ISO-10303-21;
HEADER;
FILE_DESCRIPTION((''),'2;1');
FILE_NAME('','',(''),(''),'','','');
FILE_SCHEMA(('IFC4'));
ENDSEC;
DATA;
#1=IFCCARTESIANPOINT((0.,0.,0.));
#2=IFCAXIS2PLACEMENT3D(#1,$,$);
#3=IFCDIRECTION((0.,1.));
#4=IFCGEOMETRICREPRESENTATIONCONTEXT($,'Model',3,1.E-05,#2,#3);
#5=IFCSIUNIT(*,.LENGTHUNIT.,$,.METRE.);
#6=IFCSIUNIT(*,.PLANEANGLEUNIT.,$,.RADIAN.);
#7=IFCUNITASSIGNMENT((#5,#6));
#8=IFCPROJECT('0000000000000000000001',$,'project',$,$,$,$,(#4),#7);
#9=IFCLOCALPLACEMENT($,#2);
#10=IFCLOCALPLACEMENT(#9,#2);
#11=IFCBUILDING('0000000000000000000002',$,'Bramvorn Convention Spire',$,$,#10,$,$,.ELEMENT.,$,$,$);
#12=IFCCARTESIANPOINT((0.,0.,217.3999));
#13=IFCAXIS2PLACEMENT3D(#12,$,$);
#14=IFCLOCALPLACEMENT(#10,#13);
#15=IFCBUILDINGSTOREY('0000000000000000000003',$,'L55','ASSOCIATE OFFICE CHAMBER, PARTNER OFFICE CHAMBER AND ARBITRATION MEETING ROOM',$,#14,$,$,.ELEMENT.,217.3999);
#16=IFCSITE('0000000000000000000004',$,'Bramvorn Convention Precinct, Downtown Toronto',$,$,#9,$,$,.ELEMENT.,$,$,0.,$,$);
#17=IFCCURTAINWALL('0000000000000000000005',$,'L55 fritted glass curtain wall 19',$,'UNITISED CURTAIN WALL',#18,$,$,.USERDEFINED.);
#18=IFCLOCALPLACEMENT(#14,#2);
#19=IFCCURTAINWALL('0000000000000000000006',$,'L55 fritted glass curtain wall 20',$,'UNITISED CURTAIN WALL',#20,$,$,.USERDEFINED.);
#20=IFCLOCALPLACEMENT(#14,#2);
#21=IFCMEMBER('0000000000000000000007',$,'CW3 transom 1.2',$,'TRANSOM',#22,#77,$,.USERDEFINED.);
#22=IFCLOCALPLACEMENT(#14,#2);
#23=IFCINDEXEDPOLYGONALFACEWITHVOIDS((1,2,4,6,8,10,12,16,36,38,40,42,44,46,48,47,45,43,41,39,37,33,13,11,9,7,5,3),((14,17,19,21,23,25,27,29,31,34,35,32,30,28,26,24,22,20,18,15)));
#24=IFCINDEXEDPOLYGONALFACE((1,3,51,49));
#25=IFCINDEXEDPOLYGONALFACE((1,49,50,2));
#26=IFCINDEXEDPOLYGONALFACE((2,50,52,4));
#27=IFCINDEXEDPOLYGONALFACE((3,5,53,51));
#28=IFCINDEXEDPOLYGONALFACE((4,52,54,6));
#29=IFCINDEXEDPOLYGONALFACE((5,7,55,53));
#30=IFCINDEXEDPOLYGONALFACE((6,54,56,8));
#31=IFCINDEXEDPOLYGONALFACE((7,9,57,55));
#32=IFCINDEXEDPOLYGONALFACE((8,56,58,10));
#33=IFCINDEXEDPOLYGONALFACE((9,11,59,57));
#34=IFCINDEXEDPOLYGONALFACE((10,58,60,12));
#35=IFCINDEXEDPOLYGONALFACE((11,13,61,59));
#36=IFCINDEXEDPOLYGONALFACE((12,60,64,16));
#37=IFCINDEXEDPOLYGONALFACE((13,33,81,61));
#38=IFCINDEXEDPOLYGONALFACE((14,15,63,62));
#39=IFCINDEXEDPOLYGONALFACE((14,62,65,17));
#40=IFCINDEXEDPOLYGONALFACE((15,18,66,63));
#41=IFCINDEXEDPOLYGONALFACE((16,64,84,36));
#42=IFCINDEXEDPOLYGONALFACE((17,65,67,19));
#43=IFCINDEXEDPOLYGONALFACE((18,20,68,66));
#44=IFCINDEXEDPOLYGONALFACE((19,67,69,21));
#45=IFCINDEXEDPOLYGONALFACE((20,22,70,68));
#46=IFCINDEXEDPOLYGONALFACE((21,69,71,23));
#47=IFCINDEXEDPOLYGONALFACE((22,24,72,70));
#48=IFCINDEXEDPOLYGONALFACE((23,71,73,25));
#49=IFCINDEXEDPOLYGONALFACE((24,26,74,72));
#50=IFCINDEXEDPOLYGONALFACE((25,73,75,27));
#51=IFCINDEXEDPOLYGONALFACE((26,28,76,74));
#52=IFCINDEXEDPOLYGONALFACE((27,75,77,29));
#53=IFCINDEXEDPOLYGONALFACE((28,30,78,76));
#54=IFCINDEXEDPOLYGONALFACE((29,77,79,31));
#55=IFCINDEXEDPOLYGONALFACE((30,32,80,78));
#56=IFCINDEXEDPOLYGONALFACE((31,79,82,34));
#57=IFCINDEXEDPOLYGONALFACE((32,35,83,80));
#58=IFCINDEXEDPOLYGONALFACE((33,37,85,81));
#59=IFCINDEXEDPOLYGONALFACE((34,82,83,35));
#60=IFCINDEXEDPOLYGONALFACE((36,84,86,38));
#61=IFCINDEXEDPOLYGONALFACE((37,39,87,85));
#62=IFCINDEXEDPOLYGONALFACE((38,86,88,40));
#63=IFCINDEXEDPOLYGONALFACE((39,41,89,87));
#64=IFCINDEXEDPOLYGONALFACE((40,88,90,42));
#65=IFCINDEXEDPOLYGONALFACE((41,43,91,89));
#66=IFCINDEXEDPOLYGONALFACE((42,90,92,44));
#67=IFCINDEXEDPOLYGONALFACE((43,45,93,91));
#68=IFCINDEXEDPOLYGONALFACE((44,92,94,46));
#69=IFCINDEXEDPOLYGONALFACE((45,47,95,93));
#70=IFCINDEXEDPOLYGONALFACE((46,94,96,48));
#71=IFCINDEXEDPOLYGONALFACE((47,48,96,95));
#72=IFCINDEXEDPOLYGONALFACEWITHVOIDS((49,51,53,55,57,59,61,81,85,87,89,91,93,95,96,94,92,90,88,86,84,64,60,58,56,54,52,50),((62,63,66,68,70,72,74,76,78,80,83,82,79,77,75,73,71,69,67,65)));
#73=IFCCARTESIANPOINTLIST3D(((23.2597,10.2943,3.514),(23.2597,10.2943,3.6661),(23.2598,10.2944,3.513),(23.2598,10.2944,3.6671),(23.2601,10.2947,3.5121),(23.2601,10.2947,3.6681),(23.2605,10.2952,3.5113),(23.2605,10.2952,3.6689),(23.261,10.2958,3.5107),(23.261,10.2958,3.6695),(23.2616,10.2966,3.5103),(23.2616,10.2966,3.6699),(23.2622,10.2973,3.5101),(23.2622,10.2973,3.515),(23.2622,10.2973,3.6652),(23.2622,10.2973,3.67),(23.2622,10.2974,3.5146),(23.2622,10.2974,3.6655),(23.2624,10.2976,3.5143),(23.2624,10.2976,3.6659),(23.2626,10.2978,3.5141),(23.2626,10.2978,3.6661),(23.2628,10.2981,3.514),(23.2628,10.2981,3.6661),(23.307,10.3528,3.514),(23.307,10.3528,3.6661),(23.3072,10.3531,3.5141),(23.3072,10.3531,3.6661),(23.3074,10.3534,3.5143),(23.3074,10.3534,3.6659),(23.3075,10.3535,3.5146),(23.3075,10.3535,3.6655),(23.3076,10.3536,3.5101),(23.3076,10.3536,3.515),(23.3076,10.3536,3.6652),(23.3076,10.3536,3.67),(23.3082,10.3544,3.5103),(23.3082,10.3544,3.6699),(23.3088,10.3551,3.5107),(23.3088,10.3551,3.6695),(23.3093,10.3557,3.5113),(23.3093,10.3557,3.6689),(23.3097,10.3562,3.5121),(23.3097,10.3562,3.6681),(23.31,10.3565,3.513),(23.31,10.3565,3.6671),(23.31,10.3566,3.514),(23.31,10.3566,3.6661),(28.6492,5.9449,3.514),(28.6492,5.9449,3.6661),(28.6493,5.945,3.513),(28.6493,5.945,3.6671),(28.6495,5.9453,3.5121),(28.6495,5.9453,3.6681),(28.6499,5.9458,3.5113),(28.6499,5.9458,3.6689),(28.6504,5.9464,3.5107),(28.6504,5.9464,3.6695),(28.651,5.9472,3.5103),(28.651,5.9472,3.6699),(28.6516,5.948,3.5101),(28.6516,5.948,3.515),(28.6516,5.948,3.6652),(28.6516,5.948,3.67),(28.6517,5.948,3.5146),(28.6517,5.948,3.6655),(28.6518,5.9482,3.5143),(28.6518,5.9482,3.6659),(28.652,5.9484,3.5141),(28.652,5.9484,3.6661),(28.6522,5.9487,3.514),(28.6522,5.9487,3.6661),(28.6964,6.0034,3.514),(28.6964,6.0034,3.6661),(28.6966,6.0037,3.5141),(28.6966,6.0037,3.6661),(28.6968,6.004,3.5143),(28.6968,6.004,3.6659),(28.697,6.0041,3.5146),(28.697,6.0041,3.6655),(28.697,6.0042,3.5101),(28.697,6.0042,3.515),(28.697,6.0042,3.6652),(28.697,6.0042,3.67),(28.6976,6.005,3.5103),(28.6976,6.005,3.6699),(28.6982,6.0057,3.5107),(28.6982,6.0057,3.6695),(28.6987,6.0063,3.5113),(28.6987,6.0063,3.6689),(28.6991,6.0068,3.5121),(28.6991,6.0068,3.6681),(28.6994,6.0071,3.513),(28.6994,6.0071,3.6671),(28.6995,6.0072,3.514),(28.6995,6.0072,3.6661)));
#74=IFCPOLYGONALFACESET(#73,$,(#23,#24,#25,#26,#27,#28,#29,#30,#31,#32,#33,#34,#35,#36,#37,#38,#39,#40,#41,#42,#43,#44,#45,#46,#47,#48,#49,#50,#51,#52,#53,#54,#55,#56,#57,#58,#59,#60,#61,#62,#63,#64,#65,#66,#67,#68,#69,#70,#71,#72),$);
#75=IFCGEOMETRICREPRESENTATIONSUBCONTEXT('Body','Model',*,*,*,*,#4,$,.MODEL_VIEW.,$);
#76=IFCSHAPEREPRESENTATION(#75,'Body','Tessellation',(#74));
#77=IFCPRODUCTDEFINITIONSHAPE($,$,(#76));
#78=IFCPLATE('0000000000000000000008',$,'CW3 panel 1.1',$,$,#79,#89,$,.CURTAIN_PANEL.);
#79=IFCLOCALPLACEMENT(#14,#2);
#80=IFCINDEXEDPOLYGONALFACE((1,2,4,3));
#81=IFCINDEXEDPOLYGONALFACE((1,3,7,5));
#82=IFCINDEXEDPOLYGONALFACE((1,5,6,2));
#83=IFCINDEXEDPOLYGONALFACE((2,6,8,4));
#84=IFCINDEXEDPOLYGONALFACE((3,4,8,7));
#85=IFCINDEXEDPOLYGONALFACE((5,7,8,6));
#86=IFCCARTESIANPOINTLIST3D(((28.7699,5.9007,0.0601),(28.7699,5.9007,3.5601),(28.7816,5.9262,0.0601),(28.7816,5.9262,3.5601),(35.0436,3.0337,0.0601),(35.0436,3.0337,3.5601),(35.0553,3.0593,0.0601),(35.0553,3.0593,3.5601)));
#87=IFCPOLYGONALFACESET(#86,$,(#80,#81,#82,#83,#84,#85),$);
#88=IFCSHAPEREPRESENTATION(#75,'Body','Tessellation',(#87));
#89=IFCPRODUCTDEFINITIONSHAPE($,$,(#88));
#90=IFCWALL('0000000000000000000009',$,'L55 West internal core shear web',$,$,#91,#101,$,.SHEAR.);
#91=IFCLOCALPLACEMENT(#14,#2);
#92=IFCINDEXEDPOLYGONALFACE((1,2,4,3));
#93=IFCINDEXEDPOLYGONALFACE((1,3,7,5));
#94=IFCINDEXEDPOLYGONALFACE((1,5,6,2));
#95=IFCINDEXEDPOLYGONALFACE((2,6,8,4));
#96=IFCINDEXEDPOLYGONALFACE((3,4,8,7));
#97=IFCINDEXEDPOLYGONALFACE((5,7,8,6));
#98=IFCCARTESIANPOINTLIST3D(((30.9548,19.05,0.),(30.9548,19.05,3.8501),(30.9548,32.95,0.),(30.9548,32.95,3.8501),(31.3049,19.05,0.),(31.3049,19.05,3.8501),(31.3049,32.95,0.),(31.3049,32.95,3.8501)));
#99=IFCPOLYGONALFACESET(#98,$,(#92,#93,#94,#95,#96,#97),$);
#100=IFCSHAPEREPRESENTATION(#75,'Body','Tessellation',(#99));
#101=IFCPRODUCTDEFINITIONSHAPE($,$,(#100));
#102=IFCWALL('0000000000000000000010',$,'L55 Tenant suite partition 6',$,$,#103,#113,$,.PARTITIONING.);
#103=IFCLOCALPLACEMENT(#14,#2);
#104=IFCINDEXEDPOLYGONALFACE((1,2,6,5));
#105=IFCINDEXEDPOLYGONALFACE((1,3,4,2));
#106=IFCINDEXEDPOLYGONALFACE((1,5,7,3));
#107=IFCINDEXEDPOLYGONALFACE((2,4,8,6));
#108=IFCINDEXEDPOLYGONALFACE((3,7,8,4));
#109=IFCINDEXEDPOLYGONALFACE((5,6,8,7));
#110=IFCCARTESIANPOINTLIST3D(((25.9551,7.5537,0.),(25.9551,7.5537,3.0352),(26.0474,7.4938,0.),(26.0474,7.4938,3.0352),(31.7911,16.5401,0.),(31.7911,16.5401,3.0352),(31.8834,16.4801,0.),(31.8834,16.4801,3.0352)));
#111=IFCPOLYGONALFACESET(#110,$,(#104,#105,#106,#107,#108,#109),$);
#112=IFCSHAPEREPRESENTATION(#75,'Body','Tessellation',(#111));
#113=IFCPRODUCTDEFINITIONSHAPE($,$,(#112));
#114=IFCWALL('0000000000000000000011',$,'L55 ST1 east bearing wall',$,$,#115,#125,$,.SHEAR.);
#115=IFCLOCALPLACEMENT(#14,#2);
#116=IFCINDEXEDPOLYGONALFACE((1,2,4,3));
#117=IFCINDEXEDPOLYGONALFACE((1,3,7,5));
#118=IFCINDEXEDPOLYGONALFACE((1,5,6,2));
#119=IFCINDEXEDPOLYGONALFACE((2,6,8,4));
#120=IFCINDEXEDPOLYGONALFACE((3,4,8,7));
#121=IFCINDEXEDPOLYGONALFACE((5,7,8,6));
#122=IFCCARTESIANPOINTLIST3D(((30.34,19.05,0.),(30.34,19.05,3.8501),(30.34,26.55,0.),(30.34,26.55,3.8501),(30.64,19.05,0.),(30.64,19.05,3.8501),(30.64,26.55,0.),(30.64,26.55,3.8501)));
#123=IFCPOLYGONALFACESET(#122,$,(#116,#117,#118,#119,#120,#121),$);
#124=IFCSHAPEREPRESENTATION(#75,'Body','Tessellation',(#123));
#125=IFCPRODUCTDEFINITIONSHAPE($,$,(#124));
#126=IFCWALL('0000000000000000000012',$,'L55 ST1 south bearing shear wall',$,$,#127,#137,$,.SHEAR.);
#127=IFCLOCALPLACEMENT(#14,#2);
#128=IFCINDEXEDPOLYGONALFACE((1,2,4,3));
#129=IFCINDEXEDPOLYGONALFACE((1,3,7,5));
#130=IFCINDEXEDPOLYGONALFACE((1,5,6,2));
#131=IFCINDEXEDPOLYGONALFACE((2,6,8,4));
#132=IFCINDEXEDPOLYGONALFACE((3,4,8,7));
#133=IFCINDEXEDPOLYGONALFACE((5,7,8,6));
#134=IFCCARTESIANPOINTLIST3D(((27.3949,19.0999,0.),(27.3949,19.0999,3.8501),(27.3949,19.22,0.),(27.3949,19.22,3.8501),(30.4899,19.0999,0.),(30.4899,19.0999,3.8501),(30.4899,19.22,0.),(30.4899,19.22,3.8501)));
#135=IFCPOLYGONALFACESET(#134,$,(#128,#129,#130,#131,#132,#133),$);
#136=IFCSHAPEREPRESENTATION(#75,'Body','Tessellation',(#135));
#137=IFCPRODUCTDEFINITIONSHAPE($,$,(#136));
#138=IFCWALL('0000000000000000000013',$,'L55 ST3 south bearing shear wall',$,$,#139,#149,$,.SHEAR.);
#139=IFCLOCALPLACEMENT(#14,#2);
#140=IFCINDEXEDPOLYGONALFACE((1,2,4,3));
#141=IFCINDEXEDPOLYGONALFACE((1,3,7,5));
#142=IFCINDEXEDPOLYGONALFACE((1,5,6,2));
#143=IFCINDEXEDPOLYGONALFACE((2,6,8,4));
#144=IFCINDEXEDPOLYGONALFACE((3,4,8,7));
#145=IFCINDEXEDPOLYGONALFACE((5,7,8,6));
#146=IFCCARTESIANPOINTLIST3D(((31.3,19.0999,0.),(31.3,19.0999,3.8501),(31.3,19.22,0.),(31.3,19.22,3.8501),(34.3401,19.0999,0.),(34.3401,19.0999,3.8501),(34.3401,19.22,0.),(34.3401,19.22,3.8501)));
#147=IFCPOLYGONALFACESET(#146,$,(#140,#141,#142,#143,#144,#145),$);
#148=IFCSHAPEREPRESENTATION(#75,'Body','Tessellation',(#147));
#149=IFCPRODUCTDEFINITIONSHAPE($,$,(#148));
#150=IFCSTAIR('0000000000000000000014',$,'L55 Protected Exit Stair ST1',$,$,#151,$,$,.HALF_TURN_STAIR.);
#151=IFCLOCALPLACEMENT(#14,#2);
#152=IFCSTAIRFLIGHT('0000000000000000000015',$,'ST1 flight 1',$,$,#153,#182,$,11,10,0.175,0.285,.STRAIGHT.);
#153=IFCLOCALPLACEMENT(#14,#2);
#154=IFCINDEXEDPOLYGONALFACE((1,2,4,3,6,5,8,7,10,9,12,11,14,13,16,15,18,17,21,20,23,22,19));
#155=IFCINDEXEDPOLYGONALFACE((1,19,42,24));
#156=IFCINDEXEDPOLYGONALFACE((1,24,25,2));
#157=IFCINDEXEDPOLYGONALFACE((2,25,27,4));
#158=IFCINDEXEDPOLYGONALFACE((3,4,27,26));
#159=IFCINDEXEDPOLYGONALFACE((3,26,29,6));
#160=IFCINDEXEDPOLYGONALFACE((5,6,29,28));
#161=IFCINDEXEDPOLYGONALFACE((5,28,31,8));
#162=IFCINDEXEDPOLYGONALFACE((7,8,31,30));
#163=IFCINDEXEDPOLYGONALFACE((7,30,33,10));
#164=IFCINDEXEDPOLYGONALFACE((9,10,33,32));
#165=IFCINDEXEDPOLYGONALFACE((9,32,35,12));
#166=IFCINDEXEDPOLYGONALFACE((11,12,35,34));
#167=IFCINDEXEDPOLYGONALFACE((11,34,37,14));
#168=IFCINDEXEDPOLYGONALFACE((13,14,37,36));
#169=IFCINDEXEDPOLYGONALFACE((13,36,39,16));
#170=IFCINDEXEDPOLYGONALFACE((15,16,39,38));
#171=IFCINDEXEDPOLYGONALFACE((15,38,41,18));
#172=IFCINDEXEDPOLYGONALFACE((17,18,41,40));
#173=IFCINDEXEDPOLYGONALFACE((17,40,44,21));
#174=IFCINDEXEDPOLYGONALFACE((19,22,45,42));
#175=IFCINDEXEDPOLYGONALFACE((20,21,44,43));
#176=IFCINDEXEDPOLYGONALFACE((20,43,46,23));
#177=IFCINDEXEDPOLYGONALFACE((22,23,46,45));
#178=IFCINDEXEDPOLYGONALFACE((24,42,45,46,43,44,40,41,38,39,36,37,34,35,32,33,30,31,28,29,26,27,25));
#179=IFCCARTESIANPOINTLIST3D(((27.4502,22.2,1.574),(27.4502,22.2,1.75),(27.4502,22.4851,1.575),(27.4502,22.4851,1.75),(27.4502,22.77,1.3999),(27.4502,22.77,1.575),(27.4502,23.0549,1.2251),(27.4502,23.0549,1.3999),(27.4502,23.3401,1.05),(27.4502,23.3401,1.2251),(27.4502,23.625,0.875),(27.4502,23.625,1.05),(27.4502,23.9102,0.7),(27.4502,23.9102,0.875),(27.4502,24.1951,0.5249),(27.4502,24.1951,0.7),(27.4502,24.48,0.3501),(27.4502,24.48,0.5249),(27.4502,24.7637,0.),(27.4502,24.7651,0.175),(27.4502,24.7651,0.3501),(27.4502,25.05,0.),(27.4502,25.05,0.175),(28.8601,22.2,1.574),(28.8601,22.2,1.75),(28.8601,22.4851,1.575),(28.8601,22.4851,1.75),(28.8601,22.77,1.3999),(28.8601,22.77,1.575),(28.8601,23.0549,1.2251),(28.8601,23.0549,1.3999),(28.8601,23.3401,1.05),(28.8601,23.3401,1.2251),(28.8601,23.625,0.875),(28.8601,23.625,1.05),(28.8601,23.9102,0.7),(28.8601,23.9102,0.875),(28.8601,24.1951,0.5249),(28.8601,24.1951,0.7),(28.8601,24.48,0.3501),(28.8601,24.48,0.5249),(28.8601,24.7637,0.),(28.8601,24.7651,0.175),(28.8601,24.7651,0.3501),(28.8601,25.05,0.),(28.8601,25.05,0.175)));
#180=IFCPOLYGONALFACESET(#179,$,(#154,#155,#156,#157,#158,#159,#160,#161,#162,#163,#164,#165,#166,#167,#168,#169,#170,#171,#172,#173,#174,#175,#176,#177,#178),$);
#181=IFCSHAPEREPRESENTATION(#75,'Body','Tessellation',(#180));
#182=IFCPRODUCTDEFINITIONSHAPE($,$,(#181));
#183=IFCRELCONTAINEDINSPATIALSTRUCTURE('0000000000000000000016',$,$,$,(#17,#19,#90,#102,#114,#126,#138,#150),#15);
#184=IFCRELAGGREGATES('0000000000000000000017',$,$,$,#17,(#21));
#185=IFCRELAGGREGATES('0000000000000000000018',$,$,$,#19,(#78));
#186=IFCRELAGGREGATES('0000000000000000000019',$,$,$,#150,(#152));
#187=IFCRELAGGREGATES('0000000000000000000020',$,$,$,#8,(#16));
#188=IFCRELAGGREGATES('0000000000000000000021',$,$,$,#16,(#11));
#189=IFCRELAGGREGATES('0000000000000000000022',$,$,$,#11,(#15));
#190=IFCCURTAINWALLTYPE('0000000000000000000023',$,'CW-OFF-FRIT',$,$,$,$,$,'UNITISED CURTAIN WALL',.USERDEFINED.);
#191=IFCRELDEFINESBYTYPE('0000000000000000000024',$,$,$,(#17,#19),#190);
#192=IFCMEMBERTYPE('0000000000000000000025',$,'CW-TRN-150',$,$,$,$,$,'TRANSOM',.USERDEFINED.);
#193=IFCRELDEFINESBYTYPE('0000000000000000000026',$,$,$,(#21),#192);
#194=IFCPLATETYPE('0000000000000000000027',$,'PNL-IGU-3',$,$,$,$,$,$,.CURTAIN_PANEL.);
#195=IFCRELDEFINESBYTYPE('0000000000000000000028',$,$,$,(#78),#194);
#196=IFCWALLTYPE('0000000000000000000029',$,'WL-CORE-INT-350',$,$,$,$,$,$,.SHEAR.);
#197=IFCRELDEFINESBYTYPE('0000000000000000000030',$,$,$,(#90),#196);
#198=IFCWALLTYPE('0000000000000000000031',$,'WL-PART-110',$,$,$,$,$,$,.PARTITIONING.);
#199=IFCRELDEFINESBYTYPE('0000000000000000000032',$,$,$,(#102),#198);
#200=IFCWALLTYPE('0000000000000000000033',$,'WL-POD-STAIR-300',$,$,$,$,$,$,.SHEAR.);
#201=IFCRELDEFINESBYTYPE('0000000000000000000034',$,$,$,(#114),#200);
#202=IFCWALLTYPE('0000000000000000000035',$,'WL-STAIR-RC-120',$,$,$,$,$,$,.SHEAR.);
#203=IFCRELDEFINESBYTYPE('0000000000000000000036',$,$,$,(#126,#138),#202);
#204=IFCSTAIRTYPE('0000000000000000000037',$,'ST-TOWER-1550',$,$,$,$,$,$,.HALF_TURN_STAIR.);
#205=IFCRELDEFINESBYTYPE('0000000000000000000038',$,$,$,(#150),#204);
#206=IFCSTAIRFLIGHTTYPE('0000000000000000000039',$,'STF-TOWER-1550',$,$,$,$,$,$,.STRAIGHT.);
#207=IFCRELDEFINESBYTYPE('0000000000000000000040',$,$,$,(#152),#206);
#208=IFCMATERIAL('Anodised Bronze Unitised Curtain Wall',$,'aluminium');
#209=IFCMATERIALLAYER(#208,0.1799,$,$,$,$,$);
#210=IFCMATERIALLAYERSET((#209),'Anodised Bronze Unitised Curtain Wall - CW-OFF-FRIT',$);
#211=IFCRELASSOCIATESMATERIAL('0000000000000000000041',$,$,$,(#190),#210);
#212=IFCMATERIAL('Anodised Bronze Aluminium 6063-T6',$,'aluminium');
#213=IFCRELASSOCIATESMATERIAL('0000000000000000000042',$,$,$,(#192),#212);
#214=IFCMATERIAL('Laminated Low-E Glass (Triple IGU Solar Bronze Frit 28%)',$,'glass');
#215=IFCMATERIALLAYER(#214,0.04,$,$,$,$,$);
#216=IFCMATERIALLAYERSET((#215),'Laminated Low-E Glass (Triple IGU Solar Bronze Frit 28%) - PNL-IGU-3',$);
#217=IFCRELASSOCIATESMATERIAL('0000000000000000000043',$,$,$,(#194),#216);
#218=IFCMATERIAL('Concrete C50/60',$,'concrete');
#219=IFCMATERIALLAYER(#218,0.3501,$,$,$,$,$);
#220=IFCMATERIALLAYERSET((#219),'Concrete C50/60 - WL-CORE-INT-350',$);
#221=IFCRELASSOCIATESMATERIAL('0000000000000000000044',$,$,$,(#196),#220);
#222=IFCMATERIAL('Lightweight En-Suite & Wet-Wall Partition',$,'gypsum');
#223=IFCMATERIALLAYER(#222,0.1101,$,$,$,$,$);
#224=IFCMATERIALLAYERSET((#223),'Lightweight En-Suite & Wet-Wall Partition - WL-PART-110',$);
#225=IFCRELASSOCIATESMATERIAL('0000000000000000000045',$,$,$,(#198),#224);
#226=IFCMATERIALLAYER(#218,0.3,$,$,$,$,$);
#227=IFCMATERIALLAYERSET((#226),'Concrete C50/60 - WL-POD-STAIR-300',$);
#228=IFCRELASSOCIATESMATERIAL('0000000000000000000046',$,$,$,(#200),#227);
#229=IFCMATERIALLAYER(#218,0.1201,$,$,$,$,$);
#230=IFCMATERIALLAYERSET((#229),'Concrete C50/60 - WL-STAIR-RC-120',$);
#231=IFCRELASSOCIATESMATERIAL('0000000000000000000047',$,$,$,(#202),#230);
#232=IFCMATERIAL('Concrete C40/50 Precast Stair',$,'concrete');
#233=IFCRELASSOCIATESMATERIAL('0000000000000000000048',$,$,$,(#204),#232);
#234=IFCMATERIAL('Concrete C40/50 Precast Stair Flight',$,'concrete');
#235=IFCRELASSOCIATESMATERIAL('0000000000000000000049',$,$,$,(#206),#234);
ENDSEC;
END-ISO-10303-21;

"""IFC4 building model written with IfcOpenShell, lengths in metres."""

from ifc_helpers import new_model, si_unit, direction, frame, frame_2d, origin, origin_2d, place, context, subcontext, project, spatial, polyline, rectangle, hollow_rectangle, outline, extrude, material, layer, layer_set, material_profile, profile_set, type_object, element, aggregate, save


model = new_model("IFC4")

# Units and contexts
model_context = context("Model", 3, precision=1e-05, world=origin(), true_north=direction((0.0, 1.0)))
body_context = subcontext(model_context, "Body", "Model", "MODEL_VIEW")
ifc_project = project(units=[si_unit("LENGTHUNIT", "METRE"), si_unit("PLANEANGLEUNIT", "RADIAN")], contexts=[model_context])

# Site, building, storey
site_placement = place(None, origin())
site = spatial("IfcSite", under=ifc_project, at=site_placement, Name="Bramvorn Convention Precinct, Downtown Toronto", CompositionType="ELEMENT", RefElevation=0.0)
building_placement = place(site_placement, origin())
building = spatial("IfcBuilding", under=site, at=building_placement, Name="Bramvorn Convention Spire", CompositionType="ELEMENT")
storey_placement = place(building_placement, frame((0.0, 0.0, 217.3999)))
storey = spatial("IfcBuildingStorey", under=building, at=storey_placement, Name="L55", Description="ASSOCIATE OFFICE CHAMBER, PARTNER OFFICE CHAMBER AND ARBITRATION MEETING ROOM", CompositionType="ELEMENT", Elevation=217.3999)

# Curtain walls
ifc_material_1 = material(Name="Anodised Bronze Unitised Curtain Wall", Category="aluminium")
ifc_layer_1 = layer(ifc_material_1, 0.1799)
ifc_layer_set_1 = layer_set([ifc_layer_1], Name="Anodised Bronze Unitised Curtain Wall - CW-OFF-FRIT")
curtain_wall_type = type_object("IfcCurtainWallType", Name="CW-OFF-FRIT", ElementType="UNITISED CURTAIN WALL", PredefinedType="USERDEFINED", material=ifc_layer_set_1)
curtain_wall_1_placement = place(storey_placement, origin())
curtain_wall_1 = element("IfcCurtainWall", 1, at=curtain_wall_1_placement, inside=storey, type_object=curtain_wall_type, Name="L55 fritted glass curtain wall 19", ObjectType="UNITISED CURTAIN WALL", PredefinedType="USERDEFINED")
ifc_material_2 = material(Name="Anodised Bronze Aluminium 6063-T6", Category="aluminium")
curtain_wall_2_placement = place(storey_placement, origin())
curtain_wall_2 = element("IfcCurtainWall", 2, at=curtain_wall_2_placement, inside=storey, type_object=curtain_wall_type, Name="L55 fritted glass curtain wall 20", ObjectType="UNITISED CURTAIN WALL", PredefinedType="USERDEFINED")

# Member
ifc_material_profile_1 = material_profile(ifc_material_2, hollow_rectangle(XDim=0.0801, YDim=0.1599, WallThickness=0.0039, InnerFilletRadius=0.001, OuterFilletRadius=0.0039, at=origin_2d()))
ifc_profile_set_1 = profile_set([ifc_material_profile_1], Name="Anodised Bronze Aluminium 6063-T6 - CWT80X160")
member_type_1 = type_object("IfcMemberType", Name="CW-TRN-150", ElementType="TRANSOM", PredefinedType="USERDEFINED", material=ifc_profile_set_1)
member_1_placement = place(storey_placement, frame((28.6743, 5.9761, 3.5901), z_axis=(-0.778196, 0.628021, 0.0), x_axis=(-0.628021, -0.778196, 0.0)))
member_1 = element("IfcMember", 3, at=member_1_placement, type_object=member_type_1, Name="CW3 transom 1.2", ObjectType="TRANSOM", PredefinedType="USERDEFINED", context=body_context, shape_type="SweptSolid", body=[
    extrude(hollow_rectangle(XDim=0.0801, YDim=0.1599, WallThickness=0.0039, InnerFilletRadius=0.001, OuterFilletRadius=0.0039, at=origin_2d()), origin(), (0.0, 0.0, 1.0), 6.9255),
])
aggregate(curtain_wall_1, [member_1])

# Plate
ifc_material_3 = material(Name="Laminated Low-E Glass (Triple IGU Solar Bronze Frit 28%)", Category="glass")
ifc_layer_2 = layer(ifc_material_3, 0.04)
ifc_layer_set_2 = layer_set([ifc_layer_2], Name="Laminated Low-E Glass (Triple IGU Solar Bronze Frit 28%) - PNL-IGU-3")
plate_type = type_object("IfcPlateType", Name="PNL-IGU-3", PredefinedType="CURTAIN_PANEL", material=ifc_layer_set_2)
plate_placement = place(storey_placement, frame((31.9126, 4.48, 0.0601), z_axis=(0.0, 0.0, 1.0), x_axis=(-0.909531, 0.415636, 0.0)))
plate = element("IfcPlate", 4, at=plate_placement, type_object=plate_type, Name="CW3 panel 1.1", PredefinedType="CURTAIN_PANEL", context=body_context, shape_type="SweptSolid", body=[
    extrude(rectangle(XDim=6.8977, YDim=0.0281, at=origin_2d()), origin(), (0.0, 0.0, 1.0), 3.5),
])
aggregate(curtain_wall_2, [plate])

# Walls
ifc_material_4 = material(Name="Concrete C50/60", Category="concrete")
ifc_layer_3 = layer(ifc_material_4, 0.3501)
ifc_layer_set_3 = layer_set([ifc_layer_3], Name="Concrete C50/60 - WL-CORE-INT-350")
wall_type_1 = type_object("IfcWallType", Name="WL-CORE-INT-350", PredefinedType="SHEAR", material=ifc_layer_set_3)
wall_1_placement = place(storey_placement, frame((31.1299, 19.05, 0.0), z_axis=(0.0, 0.0, 1.0), x_axis=(0.0, 1.0, 0.0)))
element("IfcWall", 5, at=wall_1_placement, inside=storey, type_object=wall_type_1, Name="L55 West internal core shear web", PredefinedType="SHEAR", context=body_context, shape_type="SweptSolid", body=[
    extrude(rectangle(XDim=13.8999, YDim=0.3501, at=frame_2d((6.95, 0.0))), origin(), (0.0, 0.0, 1.0), 3.8501),
])
ifc_material_5 = material(Name="Lightweight En-Suite & Wet-Wall Partition", Category="gypsum")
ifc_layer_4 = layer(ifc_material_5, 0.1101)
ifc_layer_set_4 = layer_set([ifc_layer_4], Name="Lightweight En-Suite & Wet-Wall Partition - WL-PART-110")
wall_type_2 = type_object("IfcWallType", Name="WL-PART-110", PredefinedType="PARTITIONING", material=ifc_layer_set_4)
wall_2_placement = place(storey_placement, frame((31.8372, 16.51, 0.0), z_axis=(0.0, 0.0, 1.0), x_axis=(-0.544649, -0.838664, 0.0)))
element("IfcWall", 6, at=wall_2_placement, inside=storey, type_object=wall_type_2, Name="L55 Tenant suite partition 6", PredefinedType="PARTITIONING", context=body_context, shape_type="SweptSolid", body=[
    extrude(rectangle(XDim=10.7151, YDim=0.1101, at=frame_2d((5.3574, 0.0))), origin(), (0.0, 0.0, 1.0), 3.0352),
])
ifc_layer_5 = layer(ifc_material_4, 0.3)
ifc_layer_set_5 = layer_set([ifc_layer_5], Name="Concrete C50/60 - WL-POD-STAIR-300")
wall_type_3 = type_object("IfcWallType", Name="WL-POD-STAIR-300", PredefinedType="SHEAR", material=ifc_layer_set_5)
wall_3_placement = place(storey_placement, frame((30.49, 19.05, 0.0), z_axis=(0.0, 0.0, 1.0), x_axis=(0.0, 1.0, 0.0)))
element("IfcWall", 7, at=wall_3_placement, inside=storey, type_object=wall_type_3, Name="L55 ST1 east bearing wall", PredefinedType="SHEAR", context=body_context, shape_type="SweptSolid", body=[
    extrude(rectangle(XDim=7.5, YDim=0.3, at=frame_2d((3.75, 0.0))), origin(), (0.0, 0.0, 1.0), 3.8501),
])
ifc_layer_6 = layer(ifc_material_4, 0.1201)
ifc_layer_set_6 = layer_set([ifc_layer_6], Name="Concrete C50/60 - WL-STAIR-RC-120")
wall_type_4 = type_object("IfcWallType", Name="WL-STAIR-RC-120", PredefinedType="SHEAR", material=ifc_layer_set_6)
wall_4_placement = place(storey_placement, frame((27.395, 19.1599, 0.0), z_axis=(0.0, 0.0, 1.0), x_axis=(1.0, 0.0, 0.0)))
element("IfcWall", 8, at=wall_4_placement, inside=storey, type_object=wall_type_4, Name="L55 ST1 south bearing shear wall", PredefinedType="SHEAR", context=body_context, shape_type="SweptSolid", body=[
    extrude(rectangle(XDim=3.095, YDim=0.1201, at=frame_2d((1.5474, 0.0))), origin(), (0.0, 0.0, 1.0), 3.8501),
])
wall_5_placement = place(storey_placement, frame((31.3, 19.1599, 0.0), z_axis=(0.0, 0.0, 1.0), x_axis=(1.0, 0.0, 0.0)))
element("IfcWall", 9, at=wall_5_placement, inside=storey, type_object=wall_type_4, Name="L55 ST3 south bearing shear wall", PredefinedType="SHEAR", context=body_context, shape_type="SweptSolid", body=[
    extrude(rectangle(XDim=3.04, YDim=0.1201, at=frame_2d((1.52, 0.0))), origin(), (0.0, 0.0, 1.0), 3.8501),
])

# Stair, stair flight
ifc_material_6 = material(Name="Concrete C40/50 Precast Stair", Category="concrete")
stair_type = type_object("IfcStairType", Name="ST-TOWER-1550", PredefinedType="HALF_TURN_STAIR", material=ifc_material_6)
stair_1_placement = place(storey_placement, origin())
stair_1 = element("IfcStair", 10, at=stair_1_placement, inside=storey, type_object=stair_type, Name="L55 Protected Exit Stair ST1", PredefinedType="HALF_TURN_STAIR")
ifc_material_7 = material(Name="Concrete C40/50 Precast Stair Flight", Category="concrete")
stair_flight_type = type_object("IfcStairFlightType", Name="STF-TOWER-1550", PredefinedType="STRAIGHT", material=ifc_material_7)
stair_flight_1_placement = place(storey_placement, frame((28.155, 25.05, 0.0), z_axis=(0.0, 0.0, 1.0), x_axis=(0.0, -1.0, 0.0)))
stair_flight_1 = element("IfcStairFlight", 11, at=stair_flight_1_placement, type_object=stair_flight_type, Name="ST1 flight 1", NumberOfRisers=11, NumberOfTreads=10, PredefinedType="STRAIGHT", RiserHeight=0.175, TreadLength=0.285, context=body_context, shape_type="SweptSolid", body=[
    extrude(outline(polyline([(0.0, 0.0), (0.0, 0.175), (0.2849, 0.175), (0.2849, 0.3501), (0.5701, 0.3501), (0.5701, 0.5249), (0.855, 0.5249), (0.855, 0.7), (1.1399, 0.7), (1.1399, 0.875), (1.425, 0.875), (1.425, 1.05), (1.71, 1.05), (1.71, 1.2251), (1.9951, 1.2251), (1.9951, 1.3999), (2.28, 1.3999), (2.28, 1.575), (2.5649, 1.575), (2.5649, 1.75), (2.8501, 1.75), (2.8501, 1.925), (2.8501, 1.574), (0.2864, 0.0), (0.0, 0.0)])), frame((0.0, 0.7051, 0.0), z_axis=(0.0, -1.0, 0.0), x_axis=(1.0, 0.0, 0.0)), (0.0, 0.0, 1.0), 1.4099),
])
aggregate(stair_1, [stair_flight_1])

save(model, "model.ifc")
